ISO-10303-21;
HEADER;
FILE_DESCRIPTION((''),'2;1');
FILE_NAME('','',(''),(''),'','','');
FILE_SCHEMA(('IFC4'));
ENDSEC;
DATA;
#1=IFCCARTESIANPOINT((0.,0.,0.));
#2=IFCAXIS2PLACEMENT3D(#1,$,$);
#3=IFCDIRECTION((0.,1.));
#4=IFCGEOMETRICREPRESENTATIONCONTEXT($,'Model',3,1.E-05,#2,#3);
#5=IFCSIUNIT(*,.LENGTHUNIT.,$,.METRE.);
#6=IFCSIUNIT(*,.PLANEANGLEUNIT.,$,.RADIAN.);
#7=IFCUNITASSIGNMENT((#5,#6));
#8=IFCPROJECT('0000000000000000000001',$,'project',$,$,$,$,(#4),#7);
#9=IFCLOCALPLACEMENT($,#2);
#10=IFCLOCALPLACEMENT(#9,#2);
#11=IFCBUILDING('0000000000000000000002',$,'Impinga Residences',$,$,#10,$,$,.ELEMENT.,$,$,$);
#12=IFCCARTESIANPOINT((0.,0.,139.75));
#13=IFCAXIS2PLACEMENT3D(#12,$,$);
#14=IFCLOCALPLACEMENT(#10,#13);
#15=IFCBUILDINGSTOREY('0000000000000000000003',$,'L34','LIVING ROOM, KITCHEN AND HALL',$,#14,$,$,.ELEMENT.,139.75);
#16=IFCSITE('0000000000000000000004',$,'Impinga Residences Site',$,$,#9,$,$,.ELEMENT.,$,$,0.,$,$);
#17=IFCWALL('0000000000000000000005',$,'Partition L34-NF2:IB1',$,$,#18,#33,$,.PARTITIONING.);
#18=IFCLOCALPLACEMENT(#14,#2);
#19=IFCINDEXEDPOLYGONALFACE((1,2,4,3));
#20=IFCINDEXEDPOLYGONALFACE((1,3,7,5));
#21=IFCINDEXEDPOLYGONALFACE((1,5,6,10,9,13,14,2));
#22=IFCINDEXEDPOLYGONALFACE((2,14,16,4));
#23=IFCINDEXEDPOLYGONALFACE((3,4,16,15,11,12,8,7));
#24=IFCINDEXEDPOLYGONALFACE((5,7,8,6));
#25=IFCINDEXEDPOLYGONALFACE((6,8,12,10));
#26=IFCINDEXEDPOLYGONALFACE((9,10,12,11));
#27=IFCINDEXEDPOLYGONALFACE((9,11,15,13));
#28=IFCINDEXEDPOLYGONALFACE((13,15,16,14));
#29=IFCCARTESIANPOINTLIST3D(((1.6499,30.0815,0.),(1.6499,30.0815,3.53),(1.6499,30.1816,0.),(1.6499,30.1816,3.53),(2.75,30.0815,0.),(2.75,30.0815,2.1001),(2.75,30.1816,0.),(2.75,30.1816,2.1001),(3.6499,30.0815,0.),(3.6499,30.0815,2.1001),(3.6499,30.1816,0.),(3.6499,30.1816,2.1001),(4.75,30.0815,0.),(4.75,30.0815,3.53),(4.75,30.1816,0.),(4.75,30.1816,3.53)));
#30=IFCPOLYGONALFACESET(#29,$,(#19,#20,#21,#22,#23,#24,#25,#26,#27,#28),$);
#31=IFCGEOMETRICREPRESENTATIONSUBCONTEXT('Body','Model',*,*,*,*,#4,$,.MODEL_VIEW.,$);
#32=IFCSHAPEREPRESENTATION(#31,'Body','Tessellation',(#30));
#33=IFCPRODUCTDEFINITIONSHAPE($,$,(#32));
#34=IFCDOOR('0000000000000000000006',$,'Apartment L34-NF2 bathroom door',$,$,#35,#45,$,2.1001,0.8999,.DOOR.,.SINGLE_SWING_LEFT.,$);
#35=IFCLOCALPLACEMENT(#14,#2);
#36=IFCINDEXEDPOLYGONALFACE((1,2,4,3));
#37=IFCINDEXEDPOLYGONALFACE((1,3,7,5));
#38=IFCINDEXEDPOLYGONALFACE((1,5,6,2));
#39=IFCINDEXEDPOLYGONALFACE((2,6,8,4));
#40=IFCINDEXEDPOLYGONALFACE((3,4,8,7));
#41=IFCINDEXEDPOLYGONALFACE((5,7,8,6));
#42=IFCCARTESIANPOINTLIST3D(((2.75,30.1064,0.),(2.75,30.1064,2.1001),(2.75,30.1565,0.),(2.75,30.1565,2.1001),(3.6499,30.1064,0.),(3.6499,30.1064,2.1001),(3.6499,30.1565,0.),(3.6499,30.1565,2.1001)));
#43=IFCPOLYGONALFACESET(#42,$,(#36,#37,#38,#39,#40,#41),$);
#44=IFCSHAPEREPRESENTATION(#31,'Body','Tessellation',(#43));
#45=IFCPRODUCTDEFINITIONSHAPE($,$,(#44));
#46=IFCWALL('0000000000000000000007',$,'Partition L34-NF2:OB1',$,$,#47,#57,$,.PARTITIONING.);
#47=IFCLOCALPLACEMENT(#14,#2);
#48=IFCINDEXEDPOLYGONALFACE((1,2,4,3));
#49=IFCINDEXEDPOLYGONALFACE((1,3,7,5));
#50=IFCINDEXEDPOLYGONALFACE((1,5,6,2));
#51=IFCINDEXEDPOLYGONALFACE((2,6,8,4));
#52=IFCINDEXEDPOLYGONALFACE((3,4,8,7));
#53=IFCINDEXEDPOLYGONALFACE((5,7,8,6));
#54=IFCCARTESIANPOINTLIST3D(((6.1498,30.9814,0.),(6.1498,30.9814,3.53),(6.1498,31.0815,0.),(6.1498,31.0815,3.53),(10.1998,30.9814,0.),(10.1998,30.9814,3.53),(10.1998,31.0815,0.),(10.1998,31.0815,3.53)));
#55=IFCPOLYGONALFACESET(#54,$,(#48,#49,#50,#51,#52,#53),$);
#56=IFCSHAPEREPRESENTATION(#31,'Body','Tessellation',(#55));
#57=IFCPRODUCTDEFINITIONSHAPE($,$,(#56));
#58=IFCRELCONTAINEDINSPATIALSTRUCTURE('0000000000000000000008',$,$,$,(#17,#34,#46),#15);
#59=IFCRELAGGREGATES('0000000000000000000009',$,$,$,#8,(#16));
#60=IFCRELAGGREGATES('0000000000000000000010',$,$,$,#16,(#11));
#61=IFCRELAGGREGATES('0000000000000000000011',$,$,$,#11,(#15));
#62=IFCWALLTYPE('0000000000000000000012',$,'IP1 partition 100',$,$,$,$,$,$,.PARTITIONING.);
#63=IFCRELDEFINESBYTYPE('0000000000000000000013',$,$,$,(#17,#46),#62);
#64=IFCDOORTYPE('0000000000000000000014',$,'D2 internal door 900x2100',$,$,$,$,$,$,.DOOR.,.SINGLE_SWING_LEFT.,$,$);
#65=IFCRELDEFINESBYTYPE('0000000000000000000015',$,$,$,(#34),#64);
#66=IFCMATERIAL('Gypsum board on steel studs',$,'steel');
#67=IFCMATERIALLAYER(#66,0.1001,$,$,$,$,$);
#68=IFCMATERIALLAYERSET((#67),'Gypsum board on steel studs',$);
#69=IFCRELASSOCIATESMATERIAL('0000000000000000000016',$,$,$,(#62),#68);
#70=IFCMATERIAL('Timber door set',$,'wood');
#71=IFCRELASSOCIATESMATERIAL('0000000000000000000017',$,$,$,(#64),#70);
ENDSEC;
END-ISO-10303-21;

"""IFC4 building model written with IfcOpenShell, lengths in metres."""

from ifc_helpers import new_model, si_unit, direction, frame, frame_2d, origin, place, context, subcontext, project, spatial, rectangle, extrude, material, layer, layer_set, type_object, element, fill, save


model = new_model("IFC4")

# Units and contexts
model_context = context("Model", 3, precision=1e-05, world=origin(), true_north=direction((0.0, 1.0)))
body_context = subcontext(model_context, "Body", "Model", "MODEL_VIEW")
ifc_project = project(units=[si_unit("LENGTHUNIT", "METRE"), si_unit("PLANEANGLEUNIT", "RADIAN")], contexts=[model_context])

# Site, building, storey
site_placement = place(None, origin())
site = spatial("IfcSite", under=ifc_project, at=site_placement, Name="Impinga Residences Site", CompositionType="ELEMENT", RefElevation=0.0)
building_placement = place(site_placement, origin())
building = spatial("IfcBuilding", under=site, at=building_placement, Name="Impinga Residences", CompositionType="ELEMENT")
storey_placement = place(building_placement, frame((0.0, 0.0, 139.75)))
storey = spatial("IfcBuildingStorey", under=building, at=storey_placement, Name="L34", Description="LIVING ROOM, KITCHEN AND HALL", CompositionType="ELEMENT", Elevation=139.75)

# Shared definitions
ifc_material_1 = material(Name="Gypsum board on steel studs", Category="steel")
ifc_layer_1 = layer(ifc_material_1, 0.1001)
ifc_layer_set_1 = layer_set([ifc_layer_1], Name="Gypsum board on steel studs")
wall_type_1 = type_object("IfcWallType", Name="IP1 partition 100", PredefinedType="PARTITIONING", material=ifc_layer_set_1)

# Wall, opening, door
wall_1_placement = place(storey_placement, frame((1.6499, 30.1316, 0.0), z_axis=(0.0, 0.0, 1.0), x_axis=(1.0, 0.0, 0.0)))
wall_1 = element("IfcWall", 1, at=wall_1_placement, inside=storey, type_object=wall_type_1, Name="Partition L34-NF2:IB1", PredefinedType="PARTITIONING", context=body_context, shape_type="SweptSolid", body=[
    extrude(rectangle(XDim=3.1001, YDim=0.1001, at=frame_2d((1.55, 0.0))), origin(), (0.0, 0.0, 1.0), 3.53),
])
opening_1_placement = place(wall_1_placement, frame((1.1001, 0.0, 0.0)))
opening_1 = element("IfcOpeningElement", 2, at=opening_1_placement, cuts=wall_1, PredefinedType="OPENING", context=body_context, shape_type="SweptSolid", body=[
    extrude(rectangle(XDim=0.8999, YDim=2.1001, at=frame_2d((0.45, 1.05))), frame((0.0, 0.0601, 0.0), z_axis=(0.0, -1.0, 0.0), x_axis=(1.0, 0.0, 0.0)), (0.0, 0.0, 1.0), 0.1201),
])
ifc_material_2 = material(Name="Timber door set", Category="wood")
door_type = type_object("IfcDoorType", Name="D2 internal door 900x2100", OperationType="SINGLE_SWING_LEFT", PredefinedType="DOOR", material=ifc_material_2)
door_placement = place(opening_1_placement, origin())
door = element("IfcDoor", 3, at=door_placement, inside=storey, type_object=door_type, Name="Apartment L34-NF2 bathroom door", OperationType="SINGLE_SWING_LEFT", OverallHeight=2.1001, OverallWidth=0.8999, PredefinedType="DOOR", context=body_context, shape_type="SweptSolid", body=[
    extrude(rectangle(XDim=0.8999, YDim=2.1001, at=frame_2d((0.45, 1.05))), frame((0.0, 0.0249, 0.0), z_axis=(0.0, -1.0, 0.0), x_axis=(1.0, 0.0, 0.0)), (0.0, 0.0, 1.0), 0.05),
])
fill(opening_1, door)

# Wall
wall_2_placement = place(storey_placement, frame((6.1499, 31.0315, 0.0), z_axis=(0.0, 0.0, 1.0), x_axis=(1.0, 0.0, 0.0)))
element("IfcWall", 4, at=wall_2_placement, inside=storey, type_object=wall_type_1, Name="Partition L34-NF2:OB1", PredefinedType="PARTITIONING", context=body_context, shape_type="SweptSolid", body=[
    extrude(rectangle(XDim=4.05, YDim=0.1001, at=frame_2d((2.0249, 0.0))), origin(), (0.0, 0.0, 1.0), 3.53),
])

save(model, "model.ifc")
